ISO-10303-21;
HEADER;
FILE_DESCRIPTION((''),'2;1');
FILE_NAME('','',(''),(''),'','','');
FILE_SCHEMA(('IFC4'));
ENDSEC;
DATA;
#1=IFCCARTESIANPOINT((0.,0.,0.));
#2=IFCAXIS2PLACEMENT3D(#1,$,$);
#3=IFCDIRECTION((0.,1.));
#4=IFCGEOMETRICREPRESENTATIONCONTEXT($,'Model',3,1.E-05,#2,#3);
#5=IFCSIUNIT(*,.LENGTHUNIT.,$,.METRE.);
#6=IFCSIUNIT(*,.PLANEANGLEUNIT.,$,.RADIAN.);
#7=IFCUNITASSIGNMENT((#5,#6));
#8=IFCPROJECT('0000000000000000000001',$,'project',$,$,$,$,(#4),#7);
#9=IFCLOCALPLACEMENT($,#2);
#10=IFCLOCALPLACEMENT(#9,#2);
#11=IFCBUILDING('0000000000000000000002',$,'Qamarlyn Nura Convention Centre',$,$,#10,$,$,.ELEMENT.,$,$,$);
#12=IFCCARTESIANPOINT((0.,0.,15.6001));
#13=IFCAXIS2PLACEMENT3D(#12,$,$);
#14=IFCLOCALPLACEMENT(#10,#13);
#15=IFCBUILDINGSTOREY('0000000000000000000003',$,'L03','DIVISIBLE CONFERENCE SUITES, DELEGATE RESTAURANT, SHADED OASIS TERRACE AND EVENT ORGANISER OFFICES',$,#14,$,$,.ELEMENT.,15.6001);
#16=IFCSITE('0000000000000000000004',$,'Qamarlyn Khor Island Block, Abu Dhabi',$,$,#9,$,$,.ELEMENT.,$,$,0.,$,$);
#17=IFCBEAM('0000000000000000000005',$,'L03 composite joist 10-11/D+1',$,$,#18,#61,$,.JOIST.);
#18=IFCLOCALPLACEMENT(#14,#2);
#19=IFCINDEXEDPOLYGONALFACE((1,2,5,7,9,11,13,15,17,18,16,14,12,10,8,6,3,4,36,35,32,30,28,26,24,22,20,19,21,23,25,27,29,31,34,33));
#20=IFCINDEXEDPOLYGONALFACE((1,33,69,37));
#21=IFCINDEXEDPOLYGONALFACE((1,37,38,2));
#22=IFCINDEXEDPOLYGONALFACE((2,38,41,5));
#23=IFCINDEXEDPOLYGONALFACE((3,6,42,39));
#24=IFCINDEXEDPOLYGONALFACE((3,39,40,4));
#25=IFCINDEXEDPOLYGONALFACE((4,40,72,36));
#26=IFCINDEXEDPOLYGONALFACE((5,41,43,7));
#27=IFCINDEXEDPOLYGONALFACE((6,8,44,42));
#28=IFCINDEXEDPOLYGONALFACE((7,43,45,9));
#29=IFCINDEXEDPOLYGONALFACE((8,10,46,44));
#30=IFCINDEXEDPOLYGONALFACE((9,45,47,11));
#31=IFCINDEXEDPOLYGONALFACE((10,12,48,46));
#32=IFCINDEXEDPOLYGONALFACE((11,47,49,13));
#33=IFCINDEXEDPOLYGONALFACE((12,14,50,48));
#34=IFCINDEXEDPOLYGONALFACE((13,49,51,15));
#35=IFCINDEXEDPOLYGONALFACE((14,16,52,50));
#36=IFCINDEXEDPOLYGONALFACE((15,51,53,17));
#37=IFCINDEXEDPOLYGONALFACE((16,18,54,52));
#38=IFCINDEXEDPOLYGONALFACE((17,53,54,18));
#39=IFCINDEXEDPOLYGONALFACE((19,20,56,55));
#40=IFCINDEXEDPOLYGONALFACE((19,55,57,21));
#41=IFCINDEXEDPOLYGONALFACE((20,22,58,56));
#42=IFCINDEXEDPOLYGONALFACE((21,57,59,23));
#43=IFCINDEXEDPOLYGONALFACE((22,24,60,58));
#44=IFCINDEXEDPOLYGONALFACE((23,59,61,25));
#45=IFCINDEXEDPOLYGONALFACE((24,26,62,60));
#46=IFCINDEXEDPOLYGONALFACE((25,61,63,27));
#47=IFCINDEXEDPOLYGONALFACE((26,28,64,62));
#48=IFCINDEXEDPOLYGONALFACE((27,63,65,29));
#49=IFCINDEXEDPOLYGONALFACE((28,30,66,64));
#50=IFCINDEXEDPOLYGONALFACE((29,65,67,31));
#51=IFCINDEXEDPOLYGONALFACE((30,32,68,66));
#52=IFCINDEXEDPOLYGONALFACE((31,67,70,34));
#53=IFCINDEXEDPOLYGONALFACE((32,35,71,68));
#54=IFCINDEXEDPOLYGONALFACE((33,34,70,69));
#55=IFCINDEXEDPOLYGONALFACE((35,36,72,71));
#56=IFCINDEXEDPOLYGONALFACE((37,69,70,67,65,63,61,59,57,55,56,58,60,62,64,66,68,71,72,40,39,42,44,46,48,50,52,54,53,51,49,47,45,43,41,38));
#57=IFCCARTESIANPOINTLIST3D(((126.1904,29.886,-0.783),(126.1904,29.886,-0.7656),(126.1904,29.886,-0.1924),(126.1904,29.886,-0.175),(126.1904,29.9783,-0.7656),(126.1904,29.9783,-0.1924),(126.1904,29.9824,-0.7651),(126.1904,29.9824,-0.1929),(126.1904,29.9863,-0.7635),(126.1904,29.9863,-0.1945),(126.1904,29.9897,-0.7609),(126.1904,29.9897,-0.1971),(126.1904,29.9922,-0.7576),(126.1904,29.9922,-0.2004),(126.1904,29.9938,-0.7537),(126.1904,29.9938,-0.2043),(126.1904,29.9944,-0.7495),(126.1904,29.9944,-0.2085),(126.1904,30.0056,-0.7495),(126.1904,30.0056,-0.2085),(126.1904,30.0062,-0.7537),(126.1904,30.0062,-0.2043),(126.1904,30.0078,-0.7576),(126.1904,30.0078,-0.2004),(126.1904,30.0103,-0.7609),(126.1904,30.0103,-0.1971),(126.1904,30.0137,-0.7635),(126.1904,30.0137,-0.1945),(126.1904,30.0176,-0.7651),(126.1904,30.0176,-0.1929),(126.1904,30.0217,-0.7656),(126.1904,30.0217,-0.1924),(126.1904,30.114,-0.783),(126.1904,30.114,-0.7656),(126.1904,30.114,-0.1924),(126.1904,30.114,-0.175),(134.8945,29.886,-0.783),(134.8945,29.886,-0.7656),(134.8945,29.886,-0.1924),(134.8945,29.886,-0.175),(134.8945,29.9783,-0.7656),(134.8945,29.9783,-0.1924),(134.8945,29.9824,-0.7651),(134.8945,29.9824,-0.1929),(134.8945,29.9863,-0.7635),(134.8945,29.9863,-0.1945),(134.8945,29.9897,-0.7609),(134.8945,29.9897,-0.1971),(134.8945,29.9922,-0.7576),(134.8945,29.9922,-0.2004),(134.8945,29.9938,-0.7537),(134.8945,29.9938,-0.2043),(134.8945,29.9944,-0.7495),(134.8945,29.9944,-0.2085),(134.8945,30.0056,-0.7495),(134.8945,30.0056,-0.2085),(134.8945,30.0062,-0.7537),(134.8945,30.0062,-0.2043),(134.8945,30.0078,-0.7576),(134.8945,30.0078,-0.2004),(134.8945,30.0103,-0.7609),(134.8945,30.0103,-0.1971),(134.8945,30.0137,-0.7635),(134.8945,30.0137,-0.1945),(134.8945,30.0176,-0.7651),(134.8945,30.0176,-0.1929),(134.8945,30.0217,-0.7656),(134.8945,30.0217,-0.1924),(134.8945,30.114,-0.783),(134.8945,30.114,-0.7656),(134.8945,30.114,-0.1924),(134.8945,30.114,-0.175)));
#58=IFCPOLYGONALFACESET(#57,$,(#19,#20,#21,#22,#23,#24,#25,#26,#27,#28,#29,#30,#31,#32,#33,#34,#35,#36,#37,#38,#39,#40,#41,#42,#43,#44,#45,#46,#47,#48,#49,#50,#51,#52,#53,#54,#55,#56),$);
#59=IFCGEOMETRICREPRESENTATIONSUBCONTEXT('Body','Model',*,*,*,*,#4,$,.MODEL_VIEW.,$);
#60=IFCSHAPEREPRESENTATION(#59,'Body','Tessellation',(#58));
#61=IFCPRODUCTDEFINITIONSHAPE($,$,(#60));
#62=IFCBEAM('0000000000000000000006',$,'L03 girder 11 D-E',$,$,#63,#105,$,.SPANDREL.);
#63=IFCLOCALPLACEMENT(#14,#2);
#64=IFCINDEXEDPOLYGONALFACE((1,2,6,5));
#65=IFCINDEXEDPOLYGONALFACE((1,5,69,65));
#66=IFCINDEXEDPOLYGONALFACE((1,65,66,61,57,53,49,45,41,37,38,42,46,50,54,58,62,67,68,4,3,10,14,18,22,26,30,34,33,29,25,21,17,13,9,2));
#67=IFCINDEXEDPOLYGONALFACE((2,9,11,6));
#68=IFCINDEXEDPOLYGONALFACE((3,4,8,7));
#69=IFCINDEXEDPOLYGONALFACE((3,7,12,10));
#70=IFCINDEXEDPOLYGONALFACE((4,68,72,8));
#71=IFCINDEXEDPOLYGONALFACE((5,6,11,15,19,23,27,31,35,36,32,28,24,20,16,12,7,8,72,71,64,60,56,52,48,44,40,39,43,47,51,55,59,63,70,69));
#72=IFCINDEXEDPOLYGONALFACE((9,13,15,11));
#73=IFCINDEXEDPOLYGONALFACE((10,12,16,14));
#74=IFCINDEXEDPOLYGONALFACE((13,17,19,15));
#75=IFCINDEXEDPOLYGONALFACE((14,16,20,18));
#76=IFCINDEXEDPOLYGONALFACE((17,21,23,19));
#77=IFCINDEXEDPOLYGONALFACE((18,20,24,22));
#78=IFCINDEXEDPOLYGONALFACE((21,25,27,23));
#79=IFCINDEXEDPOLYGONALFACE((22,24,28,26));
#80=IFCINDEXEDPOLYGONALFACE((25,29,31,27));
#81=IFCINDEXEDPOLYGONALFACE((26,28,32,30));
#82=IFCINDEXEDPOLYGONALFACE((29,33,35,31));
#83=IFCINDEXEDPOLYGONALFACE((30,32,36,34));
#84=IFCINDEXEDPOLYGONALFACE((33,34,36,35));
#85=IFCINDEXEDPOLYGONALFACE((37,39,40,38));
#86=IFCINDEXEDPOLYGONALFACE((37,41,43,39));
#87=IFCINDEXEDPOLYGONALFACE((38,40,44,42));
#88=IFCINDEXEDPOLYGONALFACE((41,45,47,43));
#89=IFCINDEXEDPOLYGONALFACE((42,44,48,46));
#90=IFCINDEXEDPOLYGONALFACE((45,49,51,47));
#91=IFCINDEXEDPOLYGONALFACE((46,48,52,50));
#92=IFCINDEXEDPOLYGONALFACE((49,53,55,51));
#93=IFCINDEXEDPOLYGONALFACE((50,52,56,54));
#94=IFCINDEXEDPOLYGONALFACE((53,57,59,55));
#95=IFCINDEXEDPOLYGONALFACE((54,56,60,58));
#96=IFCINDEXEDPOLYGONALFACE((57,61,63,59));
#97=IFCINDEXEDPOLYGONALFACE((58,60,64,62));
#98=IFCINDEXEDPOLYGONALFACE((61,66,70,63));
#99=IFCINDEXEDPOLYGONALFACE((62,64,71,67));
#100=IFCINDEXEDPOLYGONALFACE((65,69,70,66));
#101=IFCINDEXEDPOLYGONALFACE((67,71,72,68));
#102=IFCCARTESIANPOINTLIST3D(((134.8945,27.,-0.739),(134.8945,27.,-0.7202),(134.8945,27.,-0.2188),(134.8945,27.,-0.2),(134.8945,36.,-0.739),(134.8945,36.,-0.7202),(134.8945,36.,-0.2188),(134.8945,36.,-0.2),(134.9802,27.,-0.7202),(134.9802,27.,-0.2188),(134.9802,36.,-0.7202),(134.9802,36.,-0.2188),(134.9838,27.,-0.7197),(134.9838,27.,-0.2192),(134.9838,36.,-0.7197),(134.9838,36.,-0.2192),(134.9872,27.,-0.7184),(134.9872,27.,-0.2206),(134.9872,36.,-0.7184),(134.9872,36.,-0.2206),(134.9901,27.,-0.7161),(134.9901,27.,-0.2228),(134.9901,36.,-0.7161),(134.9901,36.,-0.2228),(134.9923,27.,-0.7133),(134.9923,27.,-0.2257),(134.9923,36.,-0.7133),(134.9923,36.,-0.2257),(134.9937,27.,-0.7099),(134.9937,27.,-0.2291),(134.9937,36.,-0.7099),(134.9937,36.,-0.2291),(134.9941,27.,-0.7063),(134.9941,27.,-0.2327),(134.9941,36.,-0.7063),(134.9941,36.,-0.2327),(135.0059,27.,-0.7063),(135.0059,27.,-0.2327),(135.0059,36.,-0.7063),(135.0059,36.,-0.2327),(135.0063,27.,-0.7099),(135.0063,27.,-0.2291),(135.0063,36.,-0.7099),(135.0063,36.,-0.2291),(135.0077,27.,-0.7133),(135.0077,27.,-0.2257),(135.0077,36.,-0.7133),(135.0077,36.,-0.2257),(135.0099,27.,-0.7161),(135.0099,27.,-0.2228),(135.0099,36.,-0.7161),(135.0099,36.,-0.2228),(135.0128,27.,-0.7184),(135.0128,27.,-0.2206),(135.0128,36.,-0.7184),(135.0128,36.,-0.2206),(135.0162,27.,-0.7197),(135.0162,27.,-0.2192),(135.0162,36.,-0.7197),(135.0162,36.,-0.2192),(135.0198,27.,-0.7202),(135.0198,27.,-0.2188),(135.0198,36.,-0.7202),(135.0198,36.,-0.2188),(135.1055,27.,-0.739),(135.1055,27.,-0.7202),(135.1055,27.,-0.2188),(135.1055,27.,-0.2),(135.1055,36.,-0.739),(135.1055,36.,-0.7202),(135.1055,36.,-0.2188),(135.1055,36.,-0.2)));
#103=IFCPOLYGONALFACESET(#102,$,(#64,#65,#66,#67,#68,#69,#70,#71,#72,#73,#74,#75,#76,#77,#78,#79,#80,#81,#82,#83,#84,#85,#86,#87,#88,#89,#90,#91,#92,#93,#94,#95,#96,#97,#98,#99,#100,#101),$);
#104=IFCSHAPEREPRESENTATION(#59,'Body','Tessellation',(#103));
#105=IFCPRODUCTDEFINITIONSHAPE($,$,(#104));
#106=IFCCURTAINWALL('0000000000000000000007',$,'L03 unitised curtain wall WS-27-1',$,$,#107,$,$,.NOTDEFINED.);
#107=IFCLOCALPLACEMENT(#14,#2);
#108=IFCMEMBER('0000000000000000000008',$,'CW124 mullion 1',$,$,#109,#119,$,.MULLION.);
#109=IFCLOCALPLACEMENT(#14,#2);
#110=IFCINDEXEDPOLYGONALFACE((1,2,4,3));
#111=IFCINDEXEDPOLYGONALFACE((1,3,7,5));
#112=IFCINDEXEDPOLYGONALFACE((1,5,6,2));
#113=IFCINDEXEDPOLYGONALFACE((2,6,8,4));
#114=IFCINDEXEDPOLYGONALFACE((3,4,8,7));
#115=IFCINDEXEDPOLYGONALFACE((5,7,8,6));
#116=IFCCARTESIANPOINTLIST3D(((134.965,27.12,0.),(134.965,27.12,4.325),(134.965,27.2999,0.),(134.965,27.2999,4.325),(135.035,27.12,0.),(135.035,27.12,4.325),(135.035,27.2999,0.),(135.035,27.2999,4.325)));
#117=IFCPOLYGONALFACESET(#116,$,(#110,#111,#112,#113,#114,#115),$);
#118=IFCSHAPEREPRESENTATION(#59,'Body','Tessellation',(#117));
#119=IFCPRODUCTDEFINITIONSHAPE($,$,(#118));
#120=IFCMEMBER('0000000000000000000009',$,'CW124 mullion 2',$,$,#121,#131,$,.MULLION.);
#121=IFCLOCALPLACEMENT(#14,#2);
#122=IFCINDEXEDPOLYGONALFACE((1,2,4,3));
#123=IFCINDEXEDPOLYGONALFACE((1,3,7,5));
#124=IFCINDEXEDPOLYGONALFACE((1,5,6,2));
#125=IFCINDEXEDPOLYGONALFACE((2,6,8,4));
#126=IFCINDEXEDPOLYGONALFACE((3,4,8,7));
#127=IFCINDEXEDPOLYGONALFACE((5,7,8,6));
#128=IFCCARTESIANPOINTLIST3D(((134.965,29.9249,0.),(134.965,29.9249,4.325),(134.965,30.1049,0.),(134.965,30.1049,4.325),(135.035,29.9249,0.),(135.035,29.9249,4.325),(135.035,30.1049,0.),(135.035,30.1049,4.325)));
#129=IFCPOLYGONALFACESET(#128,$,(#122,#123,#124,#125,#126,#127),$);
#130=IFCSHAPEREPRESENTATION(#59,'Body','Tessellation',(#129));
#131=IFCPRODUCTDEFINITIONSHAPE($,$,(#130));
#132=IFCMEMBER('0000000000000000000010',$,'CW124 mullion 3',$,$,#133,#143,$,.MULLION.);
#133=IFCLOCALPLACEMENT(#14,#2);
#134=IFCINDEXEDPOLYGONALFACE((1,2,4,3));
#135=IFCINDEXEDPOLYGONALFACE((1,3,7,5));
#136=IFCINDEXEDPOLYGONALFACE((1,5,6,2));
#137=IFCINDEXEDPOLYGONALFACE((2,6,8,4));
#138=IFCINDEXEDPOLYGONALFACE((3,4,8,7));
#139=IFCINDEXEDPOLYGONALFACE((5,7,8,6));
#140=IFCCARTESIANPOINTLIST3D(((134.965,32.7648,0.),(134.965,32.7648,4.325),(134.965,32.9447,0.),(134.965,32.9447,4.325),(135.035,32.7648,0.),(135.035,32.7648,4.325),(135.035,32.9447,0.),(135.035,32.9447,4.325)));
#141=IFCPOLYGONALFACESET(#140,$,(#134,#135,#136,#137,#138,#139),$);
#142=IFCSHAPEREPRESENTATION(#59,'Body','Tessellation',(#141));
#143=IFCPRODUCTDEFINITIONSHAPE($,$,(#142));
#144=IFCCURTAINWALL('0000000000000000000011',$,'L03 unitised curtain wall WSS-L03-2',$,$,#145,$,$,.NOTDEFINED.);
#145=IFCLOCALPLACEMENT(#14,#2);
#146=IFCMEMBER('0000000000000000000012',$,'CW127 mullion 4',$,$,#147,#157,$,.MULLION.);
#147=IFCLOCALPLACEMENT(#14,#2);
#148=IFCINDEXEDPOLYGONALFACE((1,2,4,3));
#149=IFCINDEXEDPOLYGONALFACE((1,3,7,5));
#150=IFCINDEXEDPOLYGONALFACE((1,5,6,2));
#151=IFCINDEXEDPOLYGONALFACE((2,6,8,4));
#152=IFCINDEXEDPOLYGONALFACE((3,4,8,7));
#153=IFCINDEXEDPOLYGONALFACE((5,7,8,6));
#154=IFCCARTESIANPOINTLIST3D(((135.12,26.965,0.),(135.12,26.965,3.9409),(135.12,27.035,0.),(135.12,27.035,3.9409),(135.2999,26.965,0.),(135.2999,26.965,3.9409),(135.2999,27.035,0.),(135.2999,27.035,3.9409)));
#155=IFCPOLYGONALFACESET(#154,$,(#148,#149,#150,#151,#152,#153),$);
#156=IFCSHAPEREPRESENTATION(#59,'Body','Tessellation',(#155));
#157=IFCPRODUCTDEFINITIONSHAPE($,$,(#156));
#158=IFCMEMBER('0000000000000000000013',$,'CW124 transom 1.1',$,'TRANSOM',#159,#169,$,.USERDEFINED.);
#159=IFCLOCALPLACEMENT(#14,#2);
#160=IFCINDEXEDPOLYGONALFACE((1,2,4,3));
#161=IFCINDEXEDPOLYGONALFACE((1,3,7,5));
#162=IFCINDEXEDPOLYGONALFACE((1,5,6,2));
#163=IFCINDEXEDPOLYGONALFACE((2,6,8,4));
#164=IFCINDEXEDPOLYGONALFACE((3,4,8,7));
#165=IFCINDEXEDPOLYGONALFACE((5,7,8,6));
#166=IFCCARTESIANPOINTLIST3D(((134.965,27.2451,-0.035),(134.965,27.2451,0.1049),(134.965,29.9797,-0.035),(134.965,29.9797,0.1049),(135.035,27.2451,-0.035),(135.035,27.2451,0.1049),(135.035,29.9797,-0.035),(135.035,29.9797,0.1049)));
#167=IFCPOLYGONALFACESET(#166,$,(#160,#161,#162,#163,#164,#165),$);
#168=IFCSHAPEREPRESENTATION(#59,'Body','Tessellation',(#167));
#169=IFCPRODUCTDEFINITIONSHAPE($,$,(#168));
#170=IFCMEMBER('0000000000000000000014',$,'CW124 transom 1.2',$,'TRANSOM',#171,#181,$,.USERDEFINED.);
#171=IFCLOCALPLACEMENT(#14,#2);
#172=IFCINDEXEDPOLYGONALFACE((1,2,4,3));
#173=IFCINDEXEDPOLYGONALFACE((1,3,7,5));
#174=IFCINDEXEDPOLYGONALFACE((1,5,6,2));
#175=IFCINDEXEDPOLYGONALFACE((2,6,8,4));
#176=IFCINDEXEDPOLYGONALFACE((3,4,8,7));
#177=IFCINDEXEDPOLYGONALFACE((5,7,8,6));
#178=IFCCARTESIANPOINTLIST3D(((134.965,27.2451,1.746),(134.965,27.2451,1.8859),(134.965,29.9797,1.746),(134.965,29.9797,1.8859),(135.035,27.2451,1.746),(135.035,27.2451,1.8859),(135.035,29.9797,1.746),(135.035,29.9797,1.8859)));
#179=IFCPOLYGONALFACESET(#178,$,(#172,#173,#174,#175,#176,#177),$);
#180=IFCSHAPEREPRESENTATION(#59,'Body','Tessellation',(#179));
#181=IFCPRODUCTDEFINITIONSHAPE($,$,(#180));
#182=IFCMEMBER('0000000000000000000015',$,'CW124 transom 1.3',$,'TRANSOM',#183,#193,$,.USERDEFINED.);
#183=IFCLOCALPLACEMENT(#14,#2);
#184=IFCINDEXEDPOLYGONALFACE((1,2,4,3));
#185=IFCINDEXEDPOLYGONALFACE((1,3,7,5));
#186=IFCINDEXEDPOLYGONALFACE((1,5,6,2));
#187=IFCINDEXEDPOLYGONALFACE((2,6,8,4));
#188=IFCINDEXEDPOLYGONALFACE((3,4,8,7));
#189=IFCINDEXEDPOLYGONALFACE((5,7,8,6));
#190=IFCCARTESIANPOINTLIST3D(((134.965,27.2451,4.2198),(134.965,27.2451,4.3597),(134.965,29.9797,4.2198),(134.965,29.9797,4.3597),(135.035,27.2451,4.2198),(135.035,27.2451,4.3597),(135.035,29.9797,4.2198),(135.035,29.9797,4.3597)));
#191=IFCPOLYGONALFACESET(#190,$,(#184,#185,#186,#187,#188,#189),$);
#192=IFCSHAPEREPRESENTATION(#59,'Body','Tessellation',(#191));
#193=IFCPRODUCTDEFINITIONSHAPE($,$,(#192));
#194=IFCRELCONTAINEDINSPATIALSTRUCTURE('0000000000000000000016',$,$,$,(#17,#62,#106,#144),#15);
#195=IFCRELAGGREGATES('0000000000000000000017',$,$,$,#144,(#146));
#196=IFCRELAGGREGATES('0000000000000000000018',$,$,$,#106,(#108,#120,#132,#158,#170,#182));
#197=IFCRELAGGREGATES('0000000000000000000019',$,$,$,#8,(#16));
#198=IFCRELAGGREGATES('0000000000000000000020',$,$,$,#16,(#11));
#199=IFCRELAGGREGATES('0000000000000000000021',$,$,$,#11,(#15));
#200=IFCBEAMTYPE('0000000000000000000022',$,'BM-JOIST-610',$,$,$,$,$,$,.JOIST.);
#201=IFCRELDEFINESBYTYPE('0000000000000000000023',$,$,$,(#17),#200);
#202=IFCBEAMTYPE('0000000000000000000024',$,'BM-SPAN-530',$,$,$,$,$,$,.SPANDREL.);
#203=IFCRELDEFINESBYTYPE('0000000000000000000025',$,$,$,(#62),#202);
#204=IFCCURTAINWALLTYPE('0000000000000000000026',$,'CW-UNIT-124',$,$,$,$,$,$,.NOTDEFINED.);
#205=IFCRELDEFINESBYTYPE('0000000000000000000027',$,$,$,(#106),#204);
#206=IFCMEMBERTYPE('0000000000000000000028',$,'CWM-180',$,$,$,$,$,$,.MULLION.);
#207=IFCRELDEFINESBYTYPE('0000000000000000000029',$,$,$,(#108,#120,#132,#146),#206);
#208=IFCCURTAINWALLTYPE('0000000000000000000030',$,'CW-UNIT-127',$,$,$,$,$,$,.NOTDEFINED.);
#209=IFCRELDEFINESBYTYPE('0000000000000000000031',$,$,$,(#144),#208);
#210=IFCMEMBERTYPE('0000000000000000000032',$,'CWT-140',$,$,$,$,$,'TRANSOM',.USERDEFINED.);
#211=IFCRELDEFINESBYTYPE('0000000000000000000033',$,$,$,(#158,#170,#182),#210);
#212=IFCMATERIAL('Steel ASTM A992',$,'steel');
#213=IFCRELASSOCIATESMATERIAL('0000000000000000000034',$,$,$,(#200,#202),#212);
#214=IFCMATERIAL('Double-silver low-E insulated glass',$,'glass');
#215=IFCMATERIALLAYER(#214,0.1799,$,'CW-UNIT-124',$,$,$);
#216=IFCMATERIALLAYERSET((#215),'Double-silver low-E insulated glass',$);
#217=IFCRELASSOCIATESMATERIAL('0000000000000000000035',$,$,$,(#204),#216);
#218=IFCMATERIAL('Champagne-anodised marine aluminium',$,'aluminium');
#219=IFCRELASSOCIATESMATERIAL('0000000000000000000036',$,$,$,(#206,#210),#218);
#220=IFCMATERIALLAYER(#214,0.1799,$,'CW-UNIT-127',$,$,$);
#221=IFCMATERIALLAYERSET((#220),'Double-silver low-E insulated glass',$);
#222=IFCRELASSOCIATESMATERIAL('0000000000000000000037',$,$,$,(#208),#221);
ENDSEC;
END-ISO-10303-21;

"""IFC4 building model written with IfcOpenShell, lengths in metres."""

from ifc_helpers import new_model, si_unit, direction, frame, origin, origin_2d, place, context, subcontext, project, spatial, rectangle, i_section, extrude, material, layer, layer_set, material_profile, profile_set, type_object, element, aggregate, save


model = new_model("IFC4")

# Units and contexts
model_context = context("Model", 3, precision=1e-05, world=origin(), true_north=direction((0.0, 1.0)))
body_context = subcontext(model_context, "Body", "Model", "MODEL_VIEW")
ifc_project = project(units=[si_unit("LENGTHUNIT", "METRE"), si_unit("PLANEANGLEUNIT", "RADIAN")], contexts=[model_context])

# Site, building, storey
site_placement = place(None, origin())
site = spatial("IfcSite", under=ifc_project, at=site_placement, Name="Qamarlyn Khor Island Block, Abu Dhabi", CompositionType="ELEMENT", RefElevation=0.0)
building_placement = place(site_placement, origin())
building = spatial("IfcBuilding", under=site, at=building_placement, Name="Qamarlyn Nura Convention Centre", CompositionType="ELEMENT")
storey_placement = place(building_placement, frame((0.0, 0.0, 15.6001)))
storey = spatial("IfcBuildingStorey", under=building, at=storey_placement, Name="L03", Description="DIVISIBLE CONFERENCE SUITES, DELEGATE RESTAURANT, SHADED OASIS TERRACE AND EVENT ORGANISER OFFICES", CompositionType="ELEMENT", Elevation=15.6001)

# Beams
ifc_material_1 = material(Name="Steel ASTM A992", Category="steel")
ifc_material_profile_1 = material_profile(ifc_material_1, i_section(OverallWidth=0.228, OverallDepth=0.6079, WebThickness=0.0112, FlangeThickness=0.0173, FilletRadius=0.0161, at=origin_2d()), Name="W610X113")
ifc_profile_set_1 = profile_set([ifc_material_profile_1], Name="Steel ASTM A992")
beam_type_1 = type_object("IfcBeamType", Name="BM-JOIST-610", PredefinedType="JOIST", material=ifc_profile_set_1)
beam_1_placement = place(storey_placement, frame((126.1904, 30.0, -0.479), z_axis=(1.0, 0.0, 0.0), x_axis=(0.0, 1.0, 0.0)))
element("IfcBeam", 1, at=beam_1_placement, inside=storey, type_object=beam_type_1, Name="L03 composite joist 10-11/D+1", PredefinedType="JOIST", context=body_context, shape_type="SweptSolid", body=[
    extrude(i_section(OverallWidth=0.228, OverallDepth=0.6079, WebThickness=0.0112, FlangeThickness=0.0173, FilletRadius=0.0161, at=origin_2d()), origin(), (0.0, 0.0, 1.0), 8.7041),
])
ifc_material_profile_2 = material_profile(ifc_material_1, i_section(OverallWidth=0.2109, OverallDepth=0.5391, WebThickness=0.0117, FlangeThickness=0.0188, FilletRadius=0.0139, at=origin_2d()), Name="W530X109")
ifc_profile_set_2 = profile_set([ifc_material_profile_2], Name="Steel ASTM A992")
beam_type_2 = type_object("IfcBeamType", Name="BM-SPAN-530", PredefinedType="SPANDREL", material=ifc_profile_set_2)
beam_2_placement = place(storey_placement, frame((135.0, 27.0, -0.4695), z_axis=(0.0, 1.0, 0.0), x_axis=(-1.0, 0.0, 0.0)))
element("IfcBeam", 2, at=beam_2_placement, inside=storey, type_object=beam_type_2, Name="L03 girder 11 D-E", PredefinedType="SPANDREL", context=body_context, shape_type="SweptSolid", body=[
    extrude(i_section(OverallWidth=0.2109, OverallDepth=0.5391, WebThickness=0.0117, FlangeThickness=0.0188, FilletRadius=0.0139, at=origin_2d()), origin(), (0.0, 0.0, 1.0), 9.0),
])

# Curtain wall, members
ifc_material_2 = material(Name="Double-silver low-E insulated glass", Category="glass")
ifc_layer_1 = layer(ifc_material_2, 0.1799, Name="CW-UNIT-124")
ifc_layer_set_1 = layer_set([ifc_layer_1], Name="Double-silver low-E insulated glass")
curtain_wall_type_1 = type_object("IfcCurtainWallType", Name="CW-UNIT-124", PredefinedType="NOTDEFINED", material=ifc_layer_set_1)
curtain_wall_1_placement = place(storey_placement, origin())
curtain_wall_1 = element("IfcCurtainWall", 3, at=curtain_wall_1_placement, inside=storey, type_object=curtain_wall_type_1, Name="L03 unitised curtain wall WS-27-1", PredefinedType="NOTDEFINED")
ifc_material_3 = material(Name="Champagne-anodised marine aluminium", Category="aluminium")
ifc_material_profile_3 = material_profile(ifc_material_3, rectangle(XDim=0.0701, YDim=0.1799, at=origin_2d()), Name="ALU MULLION 70x180")
ifc_profile_set_3 = profile_set([ifc_material_profile_3], Name="Champagne-anodised marine aluminium")
member_type_1 = type_object("IfcMemberType", Name="CWM-180", PredefinedType="MULLION", material=ifc_profile_set_3)
member_1_placement = place(storey_placement, frame((135.0, 27.21, 0.0), z_axis=(0.0, 0.0, 1.0), x_axis=(-1.0, 0.0, 0.0)))
member_1 = element("IfcMember", 4, at=member_1_placement, type_object=member_type_1, Name="CW124 mullion 1", PredefinedType="MULLION", context=body_context, shape_type="SweptSolid", body=[
    extrude(rectangle(XDim=0.0701, YDim=0.1799, at=origin_2d()), origin(), (0.0, 0.0, 1.0), 4.325),
])
member_2_placement = place(storey_placement, frame((135.0, 30.0149, 0.0), z_axis=(0.0, 0.0, 1.0), x_axis=(-1.0, 0.0, 0.0)))
member_2 = element("IfcMember", 5, at=member_2_placement, type_object=member_type_1, Name="CW124 mullion 2", PredefinedType="MULLION", context=body_context, shape_type="SweptSolid", body=[
    extrude(rectangle(XDim=0.0701, YDim=0.1799, at=origin_2d()), origin(), (0.0, 0.0, 1.0), 4.325),
])
member_3_placement = place(storey_placement, frame((135.0, 32.8547, 0.0), z_axis=(0.0, 0.0, 1.0), x_axis=(-1.0, 0.0, 0.0)))
member_3 = element("IfcMember", 6, at=member_3_placement, type_object=member_type_1, Name="CW124 mullion 3", PredefinedType="MULLION", context=body_context, shape_type="SweptSolid", body=[
    extrude(rectangle(XDim=0.0701, YDim=0.1799, at=origin_2d()), origin(), (0.0, 0.0, 1.0), 4.325),
])

# Curtain wall, member
ifc_layer_2 = layer(ifc_material_2, 0.1799, Name="CW-UNIT-127")
ifc_layer_set_2 = layer_set([ifc_layer_2], Name="Double-silver low-E insulated glass")
curtain_wall_type_2 = type_object("IfcCurtainWallType", Name="CW-UNIT-127", PredefinedType="NOTDEFINED", material=ifc_layer_set_2)
curtain_wall_2_placement = place(storey_placement, origin())
curtain_wall_2 = element("IfcCurtainWall", 7, at=curtain_wall_2_placement, inside=storey, type_object=curtain_wall_type_2, Name="L03 unitised curtain wall WSS-L03-2", PredefinedType="NOTDEFINED")
member_4_placement = place(storey_placement, frame((135.21, 27.0, 0.0), z_axis=(0.0, 0.0, 1.0), x_axis=(0.0, -1.0, 0.0)))
member_4 = element("IfcMember", 8, at=member_4_placement, type_object=member_type_1, Name="CW127 mullion 4", PredefinedType="MULLION", context=body_context, shape_type="SweptSolid", body=[
    extrude(rectangle(XDim=0.0701, YDim=0.1799, at=origin_2d()), origin(), (0.0, 0.0, 1.0), 3.9409),
])
aggregate(curtain_wall_2, [member_4])

# Members
ifc_material_profile_4 = material_profile(ifc_material_3, rectangle(XDim=0.0701, YDim=0.1399, at=origin_2d()), Name="ALU TRANSOM 70x140")
ifc_profile_set_4 = profile_set([ifc_material_profile_4], Name="Champagne-anodised marine aluminium")
member_type_2 = type_object("IfcMemberType", Name="CWT-140", ElementType="TRANSOM", PredefinedType="USERDEFINED", material=ifc_profile_set_4)
member_5_placement = place(storey_placement, frame((135.0, 27.2451, 0.0349), z_axis=(0.0, 1.0, 0.0), x_axis=(-1.0, 0.0, 0.0)))
member_5 = element("IfcMember", 9, at=member_5_placement, type_object=member_type_2, Name="CW124 transom 1.1", ObjectType="TRANSOM", PredefinedType="USERDEFINED", context=body_context, shape_type="SweptSolid", body=[
    extrude(rectangle(XDim=0.0701, YDim=0.1399, at=origin_2d()), origin(), (0.0, 0.0, 1.0), 2.7346),
])
member_6_placement = place(storey_placement, frame((135.0, 27.2451, 1.8159), z_axis=(0.0, 1.0, 0.0), x_axis=(-1.0, 0.0, 0.0)))
member_6 = element("IfcMember", 10, at=member_6_placement, type_object=member_type_2, Name="CW124 transom 1.2", ObjectType="TRANSOM", PredefinedType="USERDEFINED", context=body_context, shape_type="SweptSolid", body=[
    extrude(rectangle(XDim=0.0701, YDim=0.1399, at=origin_2d()), origin(), (0.0, 0.0, 1.0), 2.7346),
])
member_7_placement = place(storey_placement, frame((135.0, 27.2451, 4.2898), z_axis=(0.0, 1.0, 0.0), x_axis=(-1.0, 0.0, 0.0)))
member_7 = element("IfcMember", 11, at=member_7_placement, type_object=member_type_2, Name="CW124 transom 1.3", ObjectType="TRANSOM", PredefinedType="USERDEFINED", context=body_context, shape_type="SweptSolid", body=[
    extrude(rectangle(XDim=0.0701, YDim=0.1399, at=origin_2d()), origin(), (0.0, 0.0, 1.0), 2.7346),
])

aggregate(curtain_wall_1, [member_1, member_2, member_3, member_5, member_6, member_7])

save(model, "model.ifc")
